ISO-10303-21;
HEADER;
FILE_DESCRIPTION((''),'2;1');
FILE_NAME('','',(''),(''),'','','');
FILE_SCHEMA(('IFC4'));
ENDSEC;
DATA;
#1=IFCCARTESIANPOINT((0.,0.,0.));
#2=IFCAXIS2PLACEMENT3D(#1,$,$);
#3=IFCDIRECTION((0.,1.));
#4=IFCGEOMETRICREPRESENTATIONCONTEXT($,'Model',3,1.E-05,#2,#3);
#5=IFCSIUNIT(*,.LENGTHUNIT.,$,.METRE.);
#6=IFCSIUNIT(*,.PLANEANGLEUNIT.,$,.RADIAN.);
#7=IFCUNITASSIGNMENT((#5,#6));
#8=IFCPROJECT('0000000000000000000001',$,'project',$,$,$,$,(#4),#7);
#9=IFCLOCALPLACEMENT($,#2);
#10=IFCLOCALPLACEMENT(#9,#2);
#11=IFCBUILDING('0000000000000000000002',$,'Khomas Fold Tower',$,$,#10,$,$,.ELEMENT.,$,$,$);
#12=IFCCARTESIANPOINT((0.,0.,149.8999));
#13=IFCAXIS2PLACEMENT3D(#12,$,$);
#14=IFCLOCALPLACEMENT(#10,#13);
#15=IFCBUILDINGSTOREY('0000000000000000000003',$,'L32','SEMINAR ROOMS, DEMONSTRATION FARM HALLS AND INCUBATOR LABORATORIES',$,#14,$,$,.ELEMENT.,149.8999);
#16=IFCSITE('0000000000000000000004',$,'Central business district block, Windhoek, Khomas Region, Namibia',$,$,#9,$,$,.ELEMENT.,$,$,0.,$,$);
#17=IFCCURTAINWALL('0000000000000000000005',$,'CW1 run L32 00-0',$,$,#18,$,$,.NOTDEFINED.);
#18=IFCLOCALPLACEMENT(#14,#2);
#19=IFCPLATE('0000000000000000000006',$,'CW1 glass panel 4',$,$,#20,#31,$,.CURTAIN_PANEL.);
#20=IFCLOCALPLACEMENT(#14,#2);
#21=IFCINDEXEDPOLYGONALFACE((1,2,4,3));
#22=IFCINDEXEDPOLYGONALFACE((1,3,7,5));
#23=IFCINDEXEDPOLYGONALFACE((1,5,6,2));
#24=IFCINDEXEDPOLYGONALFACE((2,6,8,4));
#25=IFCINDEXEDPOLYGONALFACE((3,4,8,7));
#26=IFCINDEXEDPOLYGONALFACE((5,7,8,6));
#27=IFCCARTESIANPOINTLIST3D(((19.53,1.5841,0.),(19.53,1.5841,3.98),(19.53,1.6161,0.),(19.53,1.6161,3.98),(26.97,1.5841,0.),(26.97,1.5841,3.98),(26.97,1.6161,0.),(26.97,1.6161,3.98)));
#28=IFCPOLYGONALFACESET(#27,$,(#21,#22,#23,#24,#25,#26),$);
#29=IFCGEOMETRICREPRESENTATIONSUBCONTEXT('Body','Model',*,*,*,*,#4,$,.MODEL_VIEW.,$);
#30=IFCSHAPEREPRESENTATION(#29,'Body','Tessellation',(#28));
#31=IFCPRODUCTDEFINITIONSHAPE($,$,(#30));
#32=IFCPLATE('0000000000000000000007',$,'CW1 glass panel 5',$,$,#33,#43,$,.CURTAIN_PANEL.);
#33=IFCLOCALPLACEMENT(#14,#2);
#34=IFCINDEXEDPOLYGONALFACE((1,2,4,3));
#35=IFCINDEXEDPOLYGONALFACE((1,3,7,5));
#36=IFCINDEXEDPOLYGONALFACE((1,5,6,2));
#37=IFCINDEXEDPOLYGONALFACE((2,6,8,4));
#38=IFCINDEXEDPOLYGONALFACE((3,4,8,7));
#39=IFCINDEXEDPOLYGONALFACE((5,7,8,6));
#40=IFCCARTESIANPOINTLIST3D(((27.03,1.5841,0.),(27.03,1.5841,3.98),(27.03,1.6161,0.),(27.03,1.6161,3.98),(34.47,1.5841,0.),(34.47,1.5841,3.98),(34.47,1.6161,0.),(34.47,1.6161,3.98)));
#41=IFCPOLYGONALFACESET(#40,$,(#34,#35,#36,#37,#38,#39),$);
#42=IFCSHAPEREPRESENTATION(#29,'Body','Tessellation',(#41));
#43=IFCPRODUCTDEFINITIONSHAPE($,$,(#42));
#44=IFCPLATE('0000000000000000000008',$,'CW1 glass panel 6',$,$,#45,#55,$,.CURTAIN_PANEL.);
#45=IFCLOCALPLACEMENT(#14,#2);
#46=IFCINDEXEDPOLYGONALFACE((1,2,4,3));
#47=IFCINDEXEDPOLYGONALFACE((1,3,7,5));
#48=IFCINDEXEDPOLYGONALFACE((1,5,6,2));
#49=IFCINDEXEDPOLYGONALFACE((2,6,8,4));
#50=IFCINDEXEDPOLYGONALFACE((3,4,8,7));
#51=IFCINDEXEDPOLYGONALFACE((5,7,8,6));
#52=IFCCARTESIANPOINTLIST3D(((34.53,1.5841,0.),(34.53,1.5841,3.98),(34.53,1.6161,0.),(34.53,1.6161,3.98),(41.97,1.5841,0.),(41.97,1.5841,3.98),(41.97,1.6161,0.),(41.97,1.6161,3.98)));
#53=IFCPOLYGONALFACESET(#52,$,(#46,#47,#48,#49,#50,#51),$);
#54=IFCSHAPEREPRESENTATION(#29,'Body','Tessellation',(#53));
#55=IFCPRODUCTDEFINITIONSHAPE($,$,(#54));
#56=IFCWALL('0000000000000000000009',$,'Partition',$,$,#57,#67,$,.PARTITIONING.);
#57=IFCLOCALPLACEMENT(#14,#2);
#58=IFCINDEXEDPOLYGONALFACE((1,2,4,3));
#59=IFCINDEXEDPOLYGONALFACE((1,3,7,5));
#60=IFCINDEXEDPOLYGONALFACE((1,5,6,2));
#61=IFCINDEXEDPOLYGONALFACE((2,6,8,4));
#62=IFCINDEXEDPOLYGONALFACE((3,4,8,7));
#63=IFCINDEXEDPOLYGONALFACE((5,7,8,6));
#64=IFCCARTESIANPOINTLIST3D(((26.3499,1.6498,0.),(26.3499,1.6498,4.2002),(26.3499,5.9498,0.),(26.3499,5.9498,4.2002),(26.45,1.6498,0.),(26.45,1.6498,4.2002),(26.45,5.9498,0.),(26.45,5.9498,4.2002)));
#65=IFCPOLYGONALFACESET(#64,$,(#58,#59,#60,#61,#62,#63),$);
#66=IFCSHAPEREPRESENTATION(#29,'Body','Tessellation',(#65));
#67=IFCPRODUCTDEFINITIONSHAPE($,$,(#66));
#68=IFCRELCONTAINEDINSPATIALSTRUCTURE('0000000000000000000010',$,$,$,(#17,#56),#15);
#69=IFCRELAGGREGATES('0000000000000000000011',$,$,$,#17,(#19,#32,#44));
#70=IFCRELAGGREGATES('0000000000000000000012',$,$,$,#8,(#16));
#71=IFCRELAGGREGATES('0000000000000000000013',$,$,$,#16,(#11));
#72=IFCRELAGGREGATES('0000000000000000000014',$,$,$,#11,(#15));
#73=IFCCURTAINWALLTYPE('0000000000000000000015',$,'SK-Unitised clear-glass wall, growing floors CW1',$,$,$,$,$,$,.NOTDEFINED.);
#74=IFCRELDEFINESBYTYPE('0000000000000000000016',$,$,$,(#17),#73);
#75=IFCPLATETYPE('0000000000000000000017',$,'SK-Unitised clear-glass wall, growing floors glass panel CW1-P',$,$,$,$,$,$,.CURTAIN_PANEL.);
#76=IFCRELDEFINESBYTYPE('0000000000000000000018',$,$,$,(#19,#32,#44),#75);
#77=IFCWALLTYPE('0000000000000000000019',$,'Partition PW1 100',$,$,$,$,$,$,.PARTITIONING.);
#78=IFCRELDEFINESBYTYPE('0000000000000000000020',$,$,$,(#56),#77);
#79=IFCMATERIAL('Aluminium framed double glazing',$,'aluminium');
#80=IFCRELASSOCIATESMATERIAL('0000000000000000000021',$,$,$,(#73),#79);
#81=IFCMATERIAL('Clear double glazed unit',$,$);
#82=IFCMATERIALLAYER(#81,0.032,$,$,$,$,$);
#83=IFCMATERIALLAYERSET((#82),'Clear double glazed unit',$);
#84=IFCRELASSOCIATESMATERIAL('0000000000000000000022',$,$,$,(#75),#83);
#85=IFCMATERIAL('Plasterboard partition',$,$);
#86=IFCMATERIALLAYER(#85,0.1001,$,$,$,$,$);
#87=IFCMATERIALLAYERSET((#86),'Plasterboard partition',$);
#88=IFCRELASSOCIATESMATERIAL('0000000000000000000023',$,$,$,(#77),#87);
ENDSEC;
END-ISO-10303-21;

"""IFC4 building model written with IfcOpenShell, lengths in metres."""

from ifc_helpers import new_model, si_unit, direction, frame, frame_2d, origin, origin_2d, place, context, subcontext, project, spatial, rectangle, extrude, source, transform, mapped, material, layer, layer_set, type_object, element, aggregate, save


model = new_model("IFC4")

# Units and contexts
model_context = context("Model", 3, precision=1e-05, world=origin(), true_north=direction((0.0, 1.0)))
body_context = subcontext(model_context, "Body", "Model", "MODEL_VIEW")
ifc_project = project(units=[si_unit("LENGTHUNIT", "METRE"), si_unit("PLANEANGLEUNIT", "RADIAN")], contexts=[model_context])

# Site, building, storey
site_placement = place(None, origin())
site = spatial("IfcSite", under=ifc_project, at=site_placement, Name="Central business district block, Windhoek, Khomas Region, Namibia", CompositionType="ELEMENT", RefElevation=0.0)
building_placement = place(site_placement, origin())
building = spatial("IfcBuilding", under=site, at=building_placement, Name="Khomas Fold Tower", CompositionType="ELEMENT")
storey_placement = place(building_placement, frame((0.0, 0.0, 149.8999)))
storey = spatial("IfcBuildingStorey", under=building, at=storey_placement, Name="L32", Description="SEMINAR ROOMS, DEMONSTRATION FARM HALLS AND INCUBATOR LABORATORIES", CompositionType="ELEMENT", Elevation=149.8999)

# Curtain wall, plates
ifc_material_1 = material(Name="Aluminium framed double glazing", Category="aluminium")
curtain_wall_type = type_object("IfcCurtainWallType", Name="SK-Unitised clear-glass wall, growing floors CW1", PredefinedType="NOTDEFINED", material=ifc_material_1)
curtain_wall_placement = place(storey_placement, origin())
curtain_wall = element("IfcCurtainWall", 1, at=curtain_wall_placement, inside=storey, type_object=curtain_wall_type, Name="CW1 run L32 00-0", PredefinedType="NOTDEFINED")
ifc_material_2 = material(Name="Clear double glazed unit")
ifc_layer_1 = layer(ifc_material_2, 0.032)
ifc_layer_set_1 = layer_set([ifc_layer_1], Name="Clear double glazed unit")
plate_type = type_object("IfcPlateType", Name="SK-Unitised clear-glass wall, growing floors glass panel CW1-P", PredefinedType="CURTAIN_PANEL", material=ifc_layer_set_1)
shared_shape_1 = source(origin(), body_context, "Body", "SweptSolid", [
    extrude(rectangle(XDim=7.4399, YDim=0.032, at=origin_2d()), origin(), (0.0, 0.0, 1.0), 3.98),
])
plate_1_placement = place(storey_placement, frame((23.25, 1.6001, 0.0), z_axis=(0.0, 0.0, 1.0), x_axis=(1.0, 0.0, 0.0)))
plate_1 = element("IfcPlate", 2, at=plate_1_placement, type_object=plate_type, Name="CW1 glass panel 4", PredefinedType="CURTAIN_PANEL", context=body_context, shape_type="MappedRepresentation", body=[
    mapped(shared_shape_1, transform((0.0, 0.0, 0.0))),
])
plate_2_placement = place(storey_placement, frame((30.75, 1.6001, 0.0), z_axis=(0.0, 0.0, 1.0), x_axis=(1.0, 0.0, 0.0)))
plate_2 = element("IfcPlate", 3, at=plate_2_placement, type_object=plate_type, Name="CW1 glass panel 5", PredefinedType="CURTAIN_PANEL", context=body_context, shape_type="MappedRepresentation", body=[
    mapped(shared_shape_1, transform((0.0, 0.0, 0.0))),
])
plate_3_placement = place(storey_placement, frame((38.25, 1.6001, 0.0), z_axis=(0.0, 0.0, 1.0), x_axis=(1.0, 0.0, 0.0)))
plate_3 = element("IfcPlate", 4, at=plate_3_placement, type_object=plate_type, Name="CW1 glass panel 6", PredefinedType="CURTAIN_PANEL", context=body_context, shape_type="MappedRepresentation", body=[
    mapped(shared_shape_1, transform((0.0, 0.0, 0.0))),
])
aggregate(curtain_wall, [plate_1, plate_2, plate_3])

# Wall
ifc_material_3 = material(Name="Plasterboard partition")
ifc_layer_2 = layer(ifc_material_3, 0.1001)
ifc_layer_set_2 = layer_set([ifc_layer_2], Name="Plasterboard partition")
wall_type = type_object("IfcWallType", Name="Partition PW1 100", PredefinedType="PARTITIONING", material=ifc_layer_set_2)
shared_shape_2 = source(origin(), body_context, "Body", "SweptSolid", [
    extrude(rectangle(XDim=4.3, YDim=0.1001, at=frame_2d((2.1499, 0.0))), origin(), (0.0, 0.0, 1.0), 4.2002),
])
wall_placement = place(storey_placement, frame((26.3999, 1.6499, 0.0), z_axis=(0.0, 0.0, 1.0), x_axis=(0.0, 1.0, 0.0)))
element("IfcWall", 5, at=wall_placement, inside=storey, type_object=wall_type, Name="Partition", PredefinedType="PARTITIONING", context=body_context, shape_type="MappedRepresentation", body=[
    mapped(shared_shape_2, transform((0.0, 0.0, 0.0))),
])

save(model, "model.ifc")
